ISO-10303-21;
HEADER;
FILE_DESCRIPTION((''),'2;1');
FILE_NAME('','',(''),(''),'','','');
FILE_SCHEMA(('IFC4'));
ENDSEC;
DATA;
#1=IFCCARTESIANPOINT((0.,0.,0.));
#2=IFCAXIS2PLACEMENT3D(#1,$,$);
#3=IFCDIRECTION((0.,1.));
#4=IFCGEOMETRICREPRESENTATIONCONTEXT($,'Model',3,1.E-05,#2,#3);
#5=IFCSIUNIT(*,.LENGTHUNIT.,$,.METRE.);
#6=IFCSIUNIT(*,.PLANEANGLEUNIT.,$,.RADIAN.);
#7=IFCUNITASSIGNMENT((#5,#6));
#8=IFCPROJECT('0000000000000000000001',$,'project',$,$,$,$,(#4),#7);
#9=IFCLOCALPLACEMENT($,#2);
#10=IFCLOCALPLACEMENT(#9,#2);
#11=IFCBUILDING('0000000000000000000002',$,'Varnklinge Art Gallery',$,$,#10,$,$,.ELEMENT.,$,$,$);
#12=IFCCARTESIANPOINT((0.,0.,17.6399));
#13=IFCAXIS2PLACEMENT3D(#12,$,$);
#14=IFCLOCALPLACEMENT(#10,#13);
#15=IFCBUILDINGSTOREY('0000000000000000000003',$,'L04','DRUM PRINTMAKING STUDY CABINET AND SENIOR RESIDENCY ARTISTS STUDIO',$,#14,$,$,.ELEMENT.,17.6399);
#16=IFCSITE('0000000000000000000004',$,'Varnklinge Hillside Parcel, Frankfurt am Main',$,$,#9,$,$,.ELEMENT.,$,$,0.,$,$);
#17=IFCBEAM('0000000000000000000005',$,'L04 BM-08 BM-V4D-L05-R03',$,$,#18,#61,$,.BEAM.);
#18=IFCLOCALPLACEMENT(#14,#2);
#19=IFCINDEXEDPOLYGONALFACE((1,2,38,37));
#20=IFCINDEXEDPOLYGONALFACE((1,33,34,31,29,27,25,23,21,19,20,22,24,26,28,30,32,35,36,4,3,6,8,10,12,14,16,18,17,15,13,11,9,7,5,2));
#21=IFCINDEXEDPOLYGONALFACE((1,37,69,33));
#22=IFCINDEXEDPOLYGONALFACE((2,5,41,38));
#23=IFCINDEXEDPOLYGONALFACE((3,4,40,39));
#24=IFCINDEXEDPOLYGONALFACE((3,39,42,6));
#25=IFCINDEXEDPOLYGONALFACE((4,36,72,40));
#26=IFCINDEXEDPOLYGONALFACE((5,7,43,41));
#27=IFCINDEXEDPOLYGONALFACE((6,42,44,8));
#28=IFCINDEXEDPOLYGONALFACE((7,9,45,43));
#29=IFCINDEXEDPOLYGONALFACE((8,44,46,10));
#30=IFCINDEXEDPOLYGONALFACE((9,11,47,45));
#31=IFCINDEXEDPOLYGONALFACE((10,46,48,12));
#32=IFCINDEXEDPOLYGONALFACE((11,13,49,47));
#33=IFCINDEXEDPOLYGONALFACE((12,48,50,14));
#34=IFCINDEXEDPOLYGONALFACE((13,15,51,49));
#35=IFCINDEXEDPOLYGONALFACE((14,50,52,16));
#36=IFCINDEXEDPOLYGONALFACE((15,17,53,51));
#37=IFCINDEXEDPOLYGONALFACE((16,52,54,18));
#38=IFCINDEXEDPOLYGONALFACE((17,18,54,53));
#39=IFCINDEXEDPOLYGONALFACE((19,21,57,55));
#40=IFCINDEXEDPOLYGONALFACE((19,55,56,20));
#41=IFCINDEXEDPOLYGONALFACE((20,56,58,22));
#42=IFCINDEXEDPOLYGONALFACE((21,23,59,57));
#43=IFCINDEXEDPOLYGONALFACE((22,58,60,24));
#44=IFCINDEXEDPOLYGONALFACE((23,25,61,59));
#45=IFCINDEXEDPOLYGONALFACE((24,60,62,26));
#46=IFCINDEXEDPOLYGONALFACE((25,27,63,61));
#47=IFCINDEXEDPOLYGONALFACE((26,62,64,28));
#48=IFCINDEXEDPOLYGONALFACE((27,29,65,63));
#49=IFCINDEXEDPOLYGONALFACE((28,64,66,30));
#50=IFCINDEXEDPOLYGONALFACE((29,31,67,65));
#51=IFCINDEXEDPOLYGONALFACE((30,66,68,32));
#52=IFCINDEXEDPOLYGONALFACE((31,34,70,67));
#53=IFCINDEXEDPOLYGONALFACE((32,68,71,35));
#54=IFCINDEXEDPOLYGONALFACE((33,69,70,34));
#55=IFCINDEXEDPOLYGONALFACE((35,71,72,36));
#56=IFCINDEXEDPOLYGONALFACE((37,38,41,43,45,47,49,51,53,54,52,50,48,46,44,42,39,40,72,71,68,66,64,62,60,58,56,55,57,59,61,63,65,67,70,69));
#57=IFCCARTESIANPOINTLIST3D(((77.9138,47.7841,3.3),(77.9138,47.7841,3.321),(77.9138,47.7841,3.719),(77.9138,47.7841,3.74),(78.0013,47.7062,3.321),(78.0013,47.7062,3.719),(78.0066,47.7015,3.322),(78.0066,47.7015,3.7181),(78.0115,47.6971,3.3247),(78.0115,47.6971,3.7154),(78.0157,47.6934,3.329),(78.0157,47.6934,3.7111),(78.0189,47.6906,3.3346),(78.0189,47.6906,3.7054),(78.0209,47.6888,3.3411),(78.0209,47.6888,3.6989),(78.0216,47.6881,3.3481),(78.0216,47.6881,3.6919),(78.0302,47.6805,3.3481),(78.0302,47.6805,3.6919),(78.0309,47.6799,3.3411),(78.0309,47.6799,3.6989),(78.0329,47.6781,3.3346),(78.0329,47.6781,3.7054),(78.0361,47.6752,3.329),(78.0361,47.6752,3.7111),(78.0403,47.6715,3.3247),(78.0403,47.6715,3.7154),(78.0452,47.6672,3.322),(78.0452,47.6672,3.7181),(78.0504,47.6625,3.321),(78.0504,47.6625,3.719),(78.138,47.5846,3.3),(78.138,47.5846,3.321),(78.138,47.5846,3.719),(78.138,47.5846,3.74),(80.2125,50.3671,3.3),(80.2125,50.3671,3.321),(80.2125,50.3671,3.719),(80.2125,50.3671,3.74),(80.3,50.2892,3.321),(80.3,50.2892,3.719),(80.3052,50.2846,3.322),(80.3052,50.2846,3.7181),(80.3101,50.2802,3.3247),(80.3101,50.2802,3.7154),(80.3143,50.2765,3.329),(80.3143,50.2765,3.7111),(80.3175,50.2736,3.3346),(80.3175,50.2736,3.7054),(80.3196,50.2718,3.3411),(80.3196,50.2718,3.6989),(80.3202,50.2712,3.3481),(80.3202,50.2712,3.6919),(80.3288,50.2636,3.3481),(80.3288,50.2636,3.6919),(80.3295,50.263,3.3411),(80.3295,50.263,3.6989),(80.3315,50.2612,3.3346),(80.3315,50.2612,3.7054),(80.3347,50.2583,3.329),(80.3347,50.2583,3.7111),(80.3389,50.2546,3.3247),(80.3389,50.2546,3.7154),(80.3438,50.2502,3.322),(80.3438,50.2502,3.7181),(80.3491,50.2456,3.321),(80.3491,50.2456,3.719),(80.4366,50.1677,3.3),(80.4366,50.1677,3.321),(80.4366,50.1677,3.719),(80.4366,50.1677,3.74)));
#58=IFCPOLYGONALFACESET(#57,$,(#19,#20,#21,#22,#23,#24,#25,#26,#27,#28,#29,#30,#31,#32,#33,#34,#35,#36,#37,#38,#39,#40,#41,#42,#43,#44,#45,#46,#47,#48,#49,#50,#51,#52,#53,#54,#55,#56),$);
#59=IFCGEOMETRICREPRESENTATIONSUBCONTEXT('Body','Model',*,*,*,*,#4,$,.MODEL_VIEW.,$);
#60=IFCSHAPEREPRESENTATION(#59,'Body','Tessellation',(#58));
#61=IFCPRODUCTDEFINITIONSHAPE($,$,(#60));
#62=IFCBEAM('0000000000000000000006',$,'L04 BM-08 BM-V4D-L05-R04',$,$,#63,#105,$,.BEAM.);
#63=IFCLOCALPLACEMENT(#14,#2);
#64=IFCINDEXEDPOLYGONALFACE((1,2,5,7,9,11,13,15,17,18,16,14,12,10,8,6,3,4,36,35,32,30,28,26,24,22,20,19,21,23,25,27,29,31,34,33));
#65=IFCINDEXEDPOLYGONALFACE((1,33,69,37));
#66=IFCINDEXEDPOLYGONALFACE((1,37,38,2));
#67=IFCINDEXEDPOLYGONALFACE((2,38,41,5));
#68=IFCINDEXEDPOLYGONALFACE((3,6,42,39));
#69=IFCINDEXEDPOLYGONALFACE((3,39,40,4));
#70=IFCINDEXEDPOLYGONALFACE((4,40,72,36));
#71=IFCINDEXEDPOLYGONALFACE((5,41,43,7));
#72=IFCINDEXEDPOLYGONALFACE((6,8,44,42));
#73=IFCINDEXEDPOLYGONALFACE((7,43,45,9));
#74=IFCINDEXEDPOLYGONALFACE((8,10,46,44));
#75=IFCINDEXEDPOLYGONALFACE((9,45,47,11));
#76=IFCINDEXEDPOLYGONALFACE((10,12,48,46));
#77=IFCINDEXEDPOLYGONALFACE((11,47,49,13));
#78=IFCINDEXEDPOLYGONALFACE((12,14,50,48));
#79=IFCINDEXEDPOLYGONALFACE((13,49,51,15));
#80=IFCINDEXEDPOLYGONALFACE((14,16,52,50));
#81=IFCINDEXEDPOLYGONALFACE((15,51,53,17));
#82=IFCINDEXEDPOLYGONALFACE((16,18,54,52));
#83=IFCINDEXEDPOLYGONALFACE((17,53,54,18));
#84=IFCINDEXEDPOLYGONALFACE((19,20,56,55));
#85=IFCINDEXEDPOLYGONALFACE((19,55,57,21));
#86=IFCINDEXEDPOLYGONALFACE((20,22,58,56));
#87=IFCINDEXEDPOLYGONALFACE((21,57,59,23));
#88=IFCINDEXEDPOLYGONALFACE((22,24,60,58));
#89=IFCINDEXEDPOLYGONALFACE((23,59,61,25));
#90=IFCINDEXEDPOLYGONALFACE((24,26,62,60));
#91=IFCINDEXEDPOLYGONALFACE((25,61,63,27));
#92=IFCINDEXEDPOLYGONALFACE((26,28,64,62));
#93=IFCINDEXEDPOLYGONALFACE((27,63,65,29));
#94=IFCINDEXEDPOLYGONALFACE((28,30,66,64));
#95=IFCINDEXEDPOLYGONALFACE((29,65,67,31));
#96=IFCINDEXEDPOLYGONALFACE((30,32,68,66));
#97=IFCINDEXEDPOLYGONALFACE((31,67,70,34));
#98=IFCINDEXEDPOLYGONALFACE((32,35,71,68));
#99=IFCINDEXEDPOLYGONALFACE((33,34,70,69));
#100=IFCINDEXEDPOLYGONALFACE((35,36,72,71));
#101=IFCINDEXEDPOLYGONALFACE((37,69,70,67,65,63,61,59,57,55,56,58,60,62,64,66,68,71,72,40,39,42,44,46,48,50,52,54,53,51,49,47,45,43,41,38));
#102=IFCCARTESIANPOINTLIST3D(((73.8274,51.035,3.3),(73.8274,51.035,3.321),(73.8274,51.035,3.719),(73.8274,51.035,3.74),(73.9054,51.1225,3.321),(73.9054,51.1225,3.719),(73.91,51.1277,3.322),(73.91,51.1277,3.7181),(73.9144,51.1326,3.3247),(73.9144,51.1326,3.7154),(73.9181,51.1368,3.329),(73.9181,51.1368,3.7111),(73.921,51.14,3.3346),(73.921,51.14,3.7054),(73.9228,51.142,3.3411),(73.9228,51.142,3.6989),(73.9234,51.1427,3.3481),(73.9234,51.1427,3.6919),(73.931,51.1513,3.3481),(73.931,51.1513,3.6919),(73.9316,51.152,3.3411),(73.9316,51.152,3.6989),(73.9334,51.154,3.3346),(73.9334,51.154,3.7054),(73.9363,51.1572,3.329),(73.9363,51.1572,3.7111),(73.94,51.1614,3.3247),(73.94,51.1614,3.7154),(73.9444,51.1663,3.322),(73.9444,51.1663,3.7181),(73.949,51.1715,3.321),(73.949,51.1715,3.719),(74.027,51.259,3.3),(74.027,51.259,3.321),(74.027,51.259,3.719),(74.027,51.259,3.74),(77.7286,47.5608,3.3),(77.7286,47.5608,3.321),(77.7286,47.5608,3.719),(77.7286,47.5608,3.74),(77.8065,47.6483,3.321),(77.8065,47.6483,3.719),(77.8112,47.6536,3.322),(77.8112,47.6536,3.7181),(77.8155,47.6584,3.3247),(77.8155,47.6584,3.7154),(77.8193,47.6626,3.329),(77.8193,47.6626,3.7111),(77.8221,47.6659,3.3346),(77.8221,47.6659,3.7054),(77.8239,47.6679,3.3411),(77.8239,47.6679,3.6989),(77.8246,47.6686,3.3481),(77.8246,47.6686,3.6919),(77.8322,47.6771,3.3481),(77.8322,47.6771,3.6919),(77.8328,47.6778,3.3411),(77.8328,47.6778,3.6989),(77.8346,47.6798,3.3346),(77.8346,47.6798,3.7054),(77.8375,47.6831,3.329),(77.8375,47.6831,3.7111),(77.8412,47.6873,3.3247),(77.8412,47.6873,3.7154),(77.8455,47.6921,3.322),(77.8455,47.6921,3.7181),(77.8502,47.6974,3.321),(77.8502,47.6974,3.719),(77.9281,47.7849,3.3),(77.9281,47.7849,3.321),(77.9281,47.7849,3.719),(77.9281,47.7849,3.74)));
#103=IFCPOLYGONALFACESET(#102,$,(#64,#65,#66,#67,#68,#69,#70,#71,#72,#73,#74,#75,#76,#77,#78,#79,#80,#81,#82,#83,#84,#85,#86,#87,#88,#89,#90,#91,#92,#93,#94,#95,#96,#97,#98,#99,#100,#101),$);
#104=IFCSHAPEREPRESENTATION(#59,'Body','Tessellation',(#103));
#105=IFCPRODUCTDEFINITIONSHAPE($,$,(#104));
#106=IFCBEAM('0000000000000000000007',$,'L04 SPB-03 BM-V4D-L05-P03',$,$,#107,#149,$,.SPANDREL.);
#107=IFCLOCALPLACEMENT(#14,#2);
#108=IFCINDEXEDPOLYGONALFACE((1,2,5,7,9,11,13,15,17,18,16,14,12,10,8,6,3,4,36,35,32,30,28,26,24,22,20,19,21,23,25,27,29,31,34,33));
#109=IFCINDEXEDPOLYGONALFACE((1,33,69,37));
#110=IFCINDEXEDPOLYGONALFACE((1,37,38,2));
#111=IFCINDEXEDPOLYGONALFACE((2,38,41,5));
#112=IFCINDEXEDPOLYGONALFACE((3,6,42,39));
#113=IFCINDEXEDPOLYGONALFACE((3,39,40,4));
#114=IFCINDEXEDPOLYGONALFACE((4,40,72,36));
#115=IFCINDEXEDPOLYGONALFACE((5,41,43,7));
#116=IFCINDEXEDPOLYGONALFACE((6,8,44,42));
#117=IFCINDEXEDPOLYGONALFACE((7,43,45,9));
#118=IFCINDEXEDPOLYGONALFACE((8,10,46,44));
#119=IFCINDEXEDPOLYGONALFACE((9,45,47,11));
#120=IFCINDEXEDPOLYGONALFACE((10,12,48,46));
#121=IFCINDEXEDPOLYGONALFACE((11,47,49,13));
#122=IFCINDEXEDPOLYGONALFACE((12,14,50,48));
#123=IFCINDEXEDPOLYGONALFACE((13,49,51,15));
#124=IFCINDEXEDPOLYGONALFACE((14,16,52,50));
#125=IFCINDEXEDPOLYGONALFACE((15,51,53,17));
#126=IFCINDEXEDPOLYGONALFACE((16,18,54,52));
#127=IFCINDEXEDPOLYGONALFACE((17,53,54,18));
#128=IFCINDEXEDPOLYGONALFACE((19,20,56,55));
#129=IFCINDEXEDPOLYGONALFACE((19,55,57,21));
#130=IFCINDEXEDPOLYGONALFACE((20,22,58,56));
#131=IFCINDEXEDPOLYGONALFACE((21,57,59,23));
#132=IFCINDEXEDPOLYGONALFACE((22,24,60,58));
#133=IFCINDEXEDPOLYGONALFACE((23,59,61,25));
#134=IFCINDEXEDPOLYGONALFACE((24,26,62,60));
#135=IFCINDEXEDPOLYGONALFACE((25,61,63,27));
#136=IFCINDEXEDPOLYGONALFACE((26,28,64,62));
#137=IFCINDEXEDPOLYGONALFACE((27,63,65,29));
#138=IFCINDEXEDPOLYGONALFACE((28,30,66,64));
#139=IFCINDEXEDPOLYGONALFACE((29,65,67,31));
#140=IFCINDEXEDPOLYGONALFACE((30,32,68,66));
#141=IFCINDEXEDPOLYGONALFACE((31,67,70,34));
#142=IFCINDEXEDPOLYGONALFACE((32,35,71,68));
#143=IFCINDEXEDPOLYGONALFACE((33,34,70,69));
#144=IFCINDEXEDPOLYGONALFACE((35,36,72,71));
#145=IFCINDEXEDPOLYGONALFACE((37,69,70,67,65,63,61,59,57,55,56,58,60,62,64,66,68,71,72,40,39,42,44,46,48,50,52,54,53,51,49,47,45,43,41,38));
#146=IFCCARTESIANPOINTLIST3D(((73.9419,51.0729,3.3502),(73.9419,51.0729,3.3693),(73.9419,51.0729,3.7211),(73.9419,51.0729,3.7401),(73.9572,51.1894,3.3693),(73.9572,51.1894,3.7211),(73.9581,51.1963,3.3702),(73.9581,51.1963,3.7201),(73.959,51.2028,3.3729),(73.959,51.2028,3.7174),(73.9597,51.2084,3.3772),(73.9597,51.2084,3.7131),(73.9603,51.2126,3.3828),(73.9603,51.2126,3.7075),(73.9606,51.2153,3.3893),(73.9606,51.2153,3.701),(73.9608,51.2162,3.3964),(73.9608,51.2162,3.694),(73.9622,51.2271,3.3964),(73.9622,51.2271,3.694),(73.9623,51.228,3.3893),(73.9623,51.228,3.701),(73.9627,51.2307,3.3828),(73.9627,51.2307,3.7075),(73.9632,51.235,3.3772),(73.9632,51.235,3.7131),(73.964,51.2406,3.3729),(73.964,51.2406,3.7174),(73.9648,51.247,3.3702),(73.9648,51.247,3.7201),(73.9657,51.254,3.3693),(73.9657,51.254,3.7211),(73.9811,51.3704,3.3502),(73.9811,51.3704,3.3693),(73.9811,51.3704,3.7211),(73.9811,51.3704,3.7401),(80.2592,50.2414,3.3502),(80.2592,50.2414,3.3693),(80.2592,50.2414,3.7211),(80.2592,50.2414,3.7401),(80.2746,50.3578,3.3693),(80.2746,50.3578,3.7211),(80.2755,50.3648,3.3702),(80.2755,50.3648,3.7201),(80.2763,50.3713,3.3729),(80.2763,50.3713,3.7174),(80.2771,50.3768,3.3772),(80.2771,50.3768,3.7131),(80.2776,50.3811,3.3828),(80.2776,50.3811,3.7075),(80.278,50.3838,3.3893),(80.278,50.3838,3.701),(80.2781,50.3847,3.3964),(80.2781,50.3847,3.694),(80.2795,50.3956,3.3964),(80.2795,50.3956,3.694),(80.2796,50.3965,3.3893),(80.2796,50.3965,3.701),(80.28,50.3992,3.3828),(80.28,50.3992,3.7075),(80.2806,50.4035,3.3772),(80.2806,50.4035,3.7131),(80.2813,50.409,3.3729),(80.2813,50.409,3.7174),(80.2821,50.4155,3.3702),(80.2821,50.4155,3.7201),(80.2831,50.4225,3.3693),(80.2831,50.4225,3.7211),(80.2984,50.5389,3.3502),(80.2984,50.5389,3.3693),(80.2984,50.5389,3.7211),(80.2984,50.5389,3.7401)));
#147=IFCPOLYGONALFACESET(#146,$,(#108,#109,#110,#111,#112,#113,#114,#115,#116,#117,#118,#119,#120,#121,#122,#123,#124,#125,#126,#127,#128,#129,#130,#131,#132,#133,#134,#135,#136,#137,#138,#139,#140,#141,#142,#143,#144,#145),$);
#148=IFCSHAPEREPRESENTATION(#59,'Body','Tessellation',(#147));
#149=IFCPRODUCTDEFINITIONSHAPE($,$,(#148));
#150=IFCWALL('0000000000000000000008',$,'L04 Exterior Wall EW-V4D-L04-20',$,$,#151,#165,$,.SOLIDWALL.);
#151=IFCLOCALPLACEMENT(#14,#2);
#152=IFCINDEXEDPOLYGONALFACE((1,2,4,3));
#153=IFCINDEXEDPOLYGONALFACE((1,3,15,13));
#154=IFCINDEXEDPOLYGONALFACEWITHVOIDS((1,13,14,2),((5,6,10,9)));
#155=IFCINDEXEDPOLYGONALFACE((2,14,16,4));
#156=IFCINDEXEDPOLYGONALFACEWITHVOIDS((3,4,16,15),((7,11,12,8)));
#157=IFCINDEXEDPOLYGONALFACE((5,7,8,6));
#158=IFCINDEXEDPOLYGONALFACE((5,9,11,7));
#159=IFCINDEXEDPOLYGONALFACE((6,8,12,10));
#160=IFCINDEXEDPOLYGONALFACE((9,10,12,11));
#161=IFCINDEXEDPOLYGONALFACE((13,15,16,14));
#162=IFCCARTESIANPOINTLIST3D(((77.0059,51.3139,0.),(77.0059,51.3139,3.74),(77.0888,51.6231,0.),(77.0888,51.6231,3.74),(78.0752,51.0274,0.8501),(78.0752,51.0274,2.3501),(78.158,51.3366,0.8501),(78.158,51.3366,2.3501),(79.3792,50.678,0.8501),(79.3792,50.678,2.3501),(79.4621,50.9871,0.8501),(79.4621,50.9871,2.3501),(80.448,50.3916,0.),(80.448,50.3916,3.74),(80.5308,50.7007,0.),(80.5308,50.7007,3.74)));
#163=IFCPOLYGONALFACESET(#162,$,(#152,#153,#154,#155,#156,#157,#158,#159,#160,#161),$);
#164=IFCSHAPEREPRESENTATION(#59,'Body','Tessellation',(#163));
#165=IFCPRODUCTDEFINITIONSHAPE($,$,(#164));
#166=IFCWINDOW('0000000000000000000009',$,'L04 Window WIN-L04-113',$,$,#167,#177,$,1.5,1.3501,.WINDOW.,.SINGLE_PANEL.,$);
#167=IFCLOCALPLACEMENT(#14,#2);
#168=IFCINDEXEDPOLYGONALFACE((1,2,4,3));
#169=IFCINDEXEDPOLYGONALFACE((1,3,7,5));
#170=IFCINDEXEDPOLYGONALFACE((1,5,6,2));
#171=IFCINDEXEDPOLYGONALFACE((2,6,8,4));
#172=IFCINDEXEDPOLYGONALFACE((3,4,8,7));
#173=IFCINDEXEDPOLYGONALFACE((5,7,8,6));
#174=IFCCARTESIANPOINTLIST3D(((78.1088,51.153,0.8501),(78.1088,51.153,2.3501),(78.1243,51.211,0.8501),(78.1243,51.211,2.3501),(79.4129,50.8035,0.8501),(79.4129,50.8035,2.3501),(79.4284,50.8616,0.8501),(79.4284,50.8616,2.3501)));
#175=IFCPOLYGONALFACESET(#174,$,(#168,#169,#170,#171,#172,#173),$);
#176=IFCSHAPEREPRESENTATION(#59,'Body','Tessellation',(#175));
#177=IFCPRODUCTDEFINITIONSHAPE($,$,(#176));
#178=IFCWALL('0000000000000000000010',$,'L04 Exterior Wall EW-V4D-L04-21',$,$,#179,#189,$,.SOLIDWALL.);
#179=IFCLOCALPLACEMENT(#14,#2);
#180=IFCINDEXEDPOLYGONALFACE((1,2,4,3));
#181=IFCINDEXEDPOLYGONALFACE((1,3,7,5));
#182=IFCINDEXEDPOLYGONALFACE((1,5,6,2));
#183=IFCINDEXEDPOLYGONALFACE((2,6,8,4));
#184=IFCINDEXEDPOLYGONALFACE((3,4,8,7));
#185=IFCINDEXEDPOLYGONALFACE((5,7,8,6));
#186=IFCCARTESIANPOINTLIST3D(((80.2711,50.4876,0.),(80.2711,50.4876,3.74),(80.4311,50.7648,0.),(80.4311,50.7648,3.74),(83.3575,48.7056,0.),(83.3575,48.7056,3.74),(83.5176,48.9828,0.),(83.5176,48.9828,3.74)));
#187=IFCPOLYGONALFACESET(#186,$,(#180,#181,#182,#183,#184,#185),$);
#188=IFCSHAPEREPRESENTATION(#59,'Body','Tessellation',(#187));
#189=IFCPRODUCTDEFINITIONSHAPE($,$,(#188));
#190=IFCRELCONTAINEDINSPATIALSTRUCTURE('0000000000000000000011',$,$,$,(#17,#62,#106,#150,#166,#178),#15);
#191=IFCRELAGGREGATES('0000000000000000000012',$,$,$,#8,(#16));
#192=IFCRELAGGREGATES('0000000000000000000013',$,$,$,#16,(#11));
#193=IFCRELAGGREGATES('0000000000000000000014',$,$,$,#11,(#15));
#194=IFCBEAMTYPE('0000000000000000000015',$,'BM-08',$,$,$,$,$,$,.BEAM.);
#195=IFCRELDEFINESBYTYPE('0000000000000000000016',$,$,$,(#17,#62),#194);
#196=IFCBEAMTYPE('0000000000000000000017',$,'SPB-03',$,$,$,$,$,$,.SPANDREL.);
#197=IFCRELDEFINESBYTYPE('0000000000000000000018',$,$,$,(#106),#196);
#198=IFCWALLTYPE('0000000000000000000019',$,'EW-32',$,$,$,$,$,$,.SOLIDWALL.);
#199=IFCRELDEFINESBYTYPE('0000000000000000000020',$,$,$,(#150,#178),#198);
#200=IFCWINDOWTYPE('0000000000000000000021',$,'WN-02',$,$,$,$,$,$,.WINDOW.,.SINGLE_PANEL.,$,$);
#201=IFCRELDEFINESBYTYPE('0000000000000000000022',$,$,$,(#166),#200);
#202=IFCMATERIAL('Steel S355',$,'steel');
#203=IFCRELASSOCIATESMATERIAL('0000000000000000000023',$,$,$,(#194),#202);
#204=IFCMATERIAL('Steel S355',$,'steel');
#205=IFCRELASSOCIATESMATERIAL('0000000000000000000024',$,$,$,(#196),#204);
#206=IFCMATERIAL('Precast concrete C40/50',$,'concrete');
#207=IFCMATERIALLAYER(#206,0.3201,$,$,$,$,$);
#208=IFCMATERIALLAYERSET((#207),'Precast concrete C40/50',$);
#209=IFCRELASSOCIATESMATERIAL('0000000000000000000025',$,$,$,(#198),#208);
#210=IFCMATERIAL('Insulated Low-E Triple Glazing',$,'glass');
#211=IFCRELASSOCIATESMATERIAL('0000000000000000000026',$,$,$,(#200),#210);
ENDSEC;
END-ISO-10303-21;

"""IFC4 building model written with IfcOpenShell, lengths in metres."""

from ifc_helpers import new_model, si_unit, direction, frame, frame_2d, origin, origin_2d, place, context, subcontext, project, spatial, rectangle, i_section, extrude, material, layer, layer_set, material_profile, profile_set, type_object, element, fill, save


model = new_model("IFC4")

# Units and contexts
model_context = context("Model", 3, precision=1e-05, world=origin(), true_north=direction((0.0, 1.0)))
body_context = subcontext(model_context, "Body", "Model", "MODEL_VIEW")
ifc_project = project(units=[si_unit("LENGTHUNIT", "METRE"), si_unit("PLANEANGLEUNIT", "RADIAN")], contexts=[model_context])

# Site, building, storey
site_placement = place(None, origin())
site = spatial("IfcSite", under=ifc_project, at=site_placement, Name="Varnklinge Hillside Parcel, Frankfurt am Main", CompositionType="ELEMENT", RefElevation=0.0)
building_placement = place(site_placement, origin())
building = spatial("IfcBuilding", under=site, at=building_placement, Name="Varnklinge Art Gallery", CompositionType="ELEMENT")
storey_placement = place(building_placement, frame((0.0, 0.0, 17.6399)))
storey = spatial("IfcBuildingStorey", under=building, at=storey_placement, Name="L04", Description="DRUM PRINTMAKING STUDY CABINET AND SENIOR RESIDENCY ARTISTS STUDIO", CompositionType="ELEMENT", Elevation=17.6399)

# Beams
ifc_material_1 = material(Name="Steel S355", Category="steel")
ifc_material_profile_1 = material_profile(ifc_material_1, i_section(OverallWidth=0.3, OverallDepth=0.4399, WebThickness=0.0115, FlangeThickness=0.021, FilletRadius=0.0271, at=origin_2d()), Name="HEA 450")
ifc_profile_set_1 = profile_set([ifc_material_profile_1], Name="Steel S355")
beam_type_1 = type_object("IfcBeamType", Name="BM-08", PredefinedType="BEAM", material=ifc_profile_set_1)
beam_1_placement = place(storey_placement, frame((78.0259, 47.6843, 3.52), z_axis=(0.66478, 0.747039, 0.0), x_axis=(-0.747039, 0.66478, 0.0)))
element("IfcBeam", 1, at=beam_1_placement, inside=storey, type_object=beam_type_1, Name="L04 BM-08 BM-V4D-L05-R03", PredefinedType="BEAM", context=body_context, shape_type="SweptSolid", body=[
    extrude(i_section(OverallWidth=0.3, OverallDepth=0.4399, WebThickness=0.0115, FlangeThickness=0.021, FilletRadius=0.0271, at=origin_2d()), origin(), (0.0, 0.0, 1.0), 3.4578),
])
beam_2_placement = place(storey_placement, frame((77.8284, 47.6729, 3.52), z_axis=(-0.746795, 0.665054, 0.0), x_axis=(-0.665054, -0.746795, 0.0)))
element("IfcBeam", 2, at=beam_2_placement, inside=storey, type_object=beam_type_1, Name="L04 BM-08 BM-V4D-L05-R04", PredefinedType="BEAM", context=body_context, shape_type="SweptSolid", body=[
    extrude(i_section(OverallWidth=0.3, OverallDepth=0.4399, WebThickness=0.0115, FlangeThickness=0.021, FilletRadius=0.0271, at=origin_2d()), origin(), (0.0, 0.0, 1.0), 5.2239),
])
ifc_material_2 = material(Name="Steel S355", Category="steel")
ifc_material_profile_2 = material_profile(ifc_material_2, i_section(OverallWidth=0.3, OverallDepth=0.3899, WebThickness=0.011, FlangeThickness=0.019, FilletRadius=0.0271, at=origin_2d()), Name="HEA 400")
ifc_profile_set_2 = profile_set([ifc_material_profile_2], Name="Steel S355")
beam_type_2 = type_object("IfcBeamType", Name="SPB-03", PredefinedType="SPANDREL", material=ifc_profile_set_2)
beam_3_placement = place(storey_placement, frame((80.2788, 50.3901, 3.5452), z_axis=(-0.991448, 0.130502, 0.0), x_axis=(-0.130502, -0.991448, 0.0)))
element("IfcBeam", 3, at=beam_3_placement, inside=storey, type_object=beam_type_2, Name="L04 SPB-03 BM-V4D-L05-P03", PredefinedType="SPANDREL", context=body_context, shape_type="SweptSolid", body=[
    extrude(i_section(OverallWidth=0.3, OverallDepth=0.3899, WebThickness=0.011, FlangeThickness=0.019, FilletRadius=0.0271, at=origin_2d()), origin(), (0.0, 0.0, 1.0), 6.3718),
])

# Wall, opening, window
ifc_material_3 = material(Name="Precast concrete C40/50", Category="concrete")
ifc_layer_1 = layer(ifc_material_3, 0.3201)
ifc_layer_set_1 = layer_set([ifc_layer_1], Name="Precast concrete C40/50")
wall_type_1 = type_object("IfcWallType", Name="EW-32", PredefinedType="SOLIDWALL", material=ifc_layer_set_1)
wall_1_placement = place(storey_placement, frame((77.0474, 51.4685, 0.0), z_axis=(0.0, 0.0, 1.0), x_axis=(0.965923, -0.258831, 0.0)))
wall_1 = element("IfcWall", 4, at=wall_1_placement, inside=storey, type_object=wall_type_1, Name="L04 Exterior Wall EW-V4D-L04-20", PredefinedType="SOLIDWALL", context=body_context, shape_type="SweptSolid", body=[
    extrude(rectangle(XDim=3.5635, YDim=0.3201, at=frame_2d((1.7817, 0.0))), origin(), (0.0, 0.0, 1.0), 3.74),
])
opening_placement = place(wall_1_placement, frame((1.1069, 0.0, 0.8501)))
opening = element("IfcOpeningElement", 5, at=opening_placement, cuts=wall_1, PredefinedType="OPENING", context=body_context, shape_type="SweptSolid", body=[
    extrude(rectangle(XDim=1.3501, YDim=1.5, at=frame_2d((0.675, 0.75))), frame((0.0, 0.1702, 0.0), z_axis=(0.0, -1.0, 0.0), x_axis=(1.0, 0.0, 0.0)), (0.0, 0.0, 1.0), 0.3401),
])
ifc_material_4 = material(Name="Insulated Low-E Triple Glazing", Category="glass")
window_type = type_object("IfcWindowType", Name="WN-02", PartitioningType="SINGLE_PANEL", PredefinedType="WINDOW", material=ifc_material_4)
window_placement = place(opening_placement, origin())
window = element("IfcWindow", 6, at=window_placement, inside=storey, type_object=window_type, Name="L04 Window WIN-L04-113", OverallHeight=1.5, OverallWidth=1.3501, PartitioningType="SINGLE_PANEL", PredefinedType="WINDOW", context=body_context, shape_type="SweptSolid", body=[
    extrude(rectangle(XDim=1.3501, YDim=1.5, at=frame_2d((0.675, 0.75))), frame((0.0, 0.03, 0.0), z_axis=(0.0, -1.0, 0.0), x_axis=(1.0, 0.0, 0.0)), (0.0, 0.0, 1.0), 0.0601),
])
fill(opening, window)

# Wall
wall_2_placement = place(storey_placement, frame((80.3511, 50.6262, 0.0), z_axis=(0.0, 0.0, 1.0), x_axis=(0.866021, -0.500007, 0.0)))
element("IfcWall", 7, at=wall_2_placement, inside=storey, type_object=wall_type_1, Name="L04 Exterior Wall EW-V4D-L04-21", PredefinedType="SOLIDWALL", context=body_context, shape_type="SweptSolid", body=[
    extrude(rectangle(XDim=3.564, YDim=0.3201, at=frame_2d((1.782, 0.0))), origin(), (0.0, 0.0, 1.0), 3.74),
])

save(model, "model.ifc")
